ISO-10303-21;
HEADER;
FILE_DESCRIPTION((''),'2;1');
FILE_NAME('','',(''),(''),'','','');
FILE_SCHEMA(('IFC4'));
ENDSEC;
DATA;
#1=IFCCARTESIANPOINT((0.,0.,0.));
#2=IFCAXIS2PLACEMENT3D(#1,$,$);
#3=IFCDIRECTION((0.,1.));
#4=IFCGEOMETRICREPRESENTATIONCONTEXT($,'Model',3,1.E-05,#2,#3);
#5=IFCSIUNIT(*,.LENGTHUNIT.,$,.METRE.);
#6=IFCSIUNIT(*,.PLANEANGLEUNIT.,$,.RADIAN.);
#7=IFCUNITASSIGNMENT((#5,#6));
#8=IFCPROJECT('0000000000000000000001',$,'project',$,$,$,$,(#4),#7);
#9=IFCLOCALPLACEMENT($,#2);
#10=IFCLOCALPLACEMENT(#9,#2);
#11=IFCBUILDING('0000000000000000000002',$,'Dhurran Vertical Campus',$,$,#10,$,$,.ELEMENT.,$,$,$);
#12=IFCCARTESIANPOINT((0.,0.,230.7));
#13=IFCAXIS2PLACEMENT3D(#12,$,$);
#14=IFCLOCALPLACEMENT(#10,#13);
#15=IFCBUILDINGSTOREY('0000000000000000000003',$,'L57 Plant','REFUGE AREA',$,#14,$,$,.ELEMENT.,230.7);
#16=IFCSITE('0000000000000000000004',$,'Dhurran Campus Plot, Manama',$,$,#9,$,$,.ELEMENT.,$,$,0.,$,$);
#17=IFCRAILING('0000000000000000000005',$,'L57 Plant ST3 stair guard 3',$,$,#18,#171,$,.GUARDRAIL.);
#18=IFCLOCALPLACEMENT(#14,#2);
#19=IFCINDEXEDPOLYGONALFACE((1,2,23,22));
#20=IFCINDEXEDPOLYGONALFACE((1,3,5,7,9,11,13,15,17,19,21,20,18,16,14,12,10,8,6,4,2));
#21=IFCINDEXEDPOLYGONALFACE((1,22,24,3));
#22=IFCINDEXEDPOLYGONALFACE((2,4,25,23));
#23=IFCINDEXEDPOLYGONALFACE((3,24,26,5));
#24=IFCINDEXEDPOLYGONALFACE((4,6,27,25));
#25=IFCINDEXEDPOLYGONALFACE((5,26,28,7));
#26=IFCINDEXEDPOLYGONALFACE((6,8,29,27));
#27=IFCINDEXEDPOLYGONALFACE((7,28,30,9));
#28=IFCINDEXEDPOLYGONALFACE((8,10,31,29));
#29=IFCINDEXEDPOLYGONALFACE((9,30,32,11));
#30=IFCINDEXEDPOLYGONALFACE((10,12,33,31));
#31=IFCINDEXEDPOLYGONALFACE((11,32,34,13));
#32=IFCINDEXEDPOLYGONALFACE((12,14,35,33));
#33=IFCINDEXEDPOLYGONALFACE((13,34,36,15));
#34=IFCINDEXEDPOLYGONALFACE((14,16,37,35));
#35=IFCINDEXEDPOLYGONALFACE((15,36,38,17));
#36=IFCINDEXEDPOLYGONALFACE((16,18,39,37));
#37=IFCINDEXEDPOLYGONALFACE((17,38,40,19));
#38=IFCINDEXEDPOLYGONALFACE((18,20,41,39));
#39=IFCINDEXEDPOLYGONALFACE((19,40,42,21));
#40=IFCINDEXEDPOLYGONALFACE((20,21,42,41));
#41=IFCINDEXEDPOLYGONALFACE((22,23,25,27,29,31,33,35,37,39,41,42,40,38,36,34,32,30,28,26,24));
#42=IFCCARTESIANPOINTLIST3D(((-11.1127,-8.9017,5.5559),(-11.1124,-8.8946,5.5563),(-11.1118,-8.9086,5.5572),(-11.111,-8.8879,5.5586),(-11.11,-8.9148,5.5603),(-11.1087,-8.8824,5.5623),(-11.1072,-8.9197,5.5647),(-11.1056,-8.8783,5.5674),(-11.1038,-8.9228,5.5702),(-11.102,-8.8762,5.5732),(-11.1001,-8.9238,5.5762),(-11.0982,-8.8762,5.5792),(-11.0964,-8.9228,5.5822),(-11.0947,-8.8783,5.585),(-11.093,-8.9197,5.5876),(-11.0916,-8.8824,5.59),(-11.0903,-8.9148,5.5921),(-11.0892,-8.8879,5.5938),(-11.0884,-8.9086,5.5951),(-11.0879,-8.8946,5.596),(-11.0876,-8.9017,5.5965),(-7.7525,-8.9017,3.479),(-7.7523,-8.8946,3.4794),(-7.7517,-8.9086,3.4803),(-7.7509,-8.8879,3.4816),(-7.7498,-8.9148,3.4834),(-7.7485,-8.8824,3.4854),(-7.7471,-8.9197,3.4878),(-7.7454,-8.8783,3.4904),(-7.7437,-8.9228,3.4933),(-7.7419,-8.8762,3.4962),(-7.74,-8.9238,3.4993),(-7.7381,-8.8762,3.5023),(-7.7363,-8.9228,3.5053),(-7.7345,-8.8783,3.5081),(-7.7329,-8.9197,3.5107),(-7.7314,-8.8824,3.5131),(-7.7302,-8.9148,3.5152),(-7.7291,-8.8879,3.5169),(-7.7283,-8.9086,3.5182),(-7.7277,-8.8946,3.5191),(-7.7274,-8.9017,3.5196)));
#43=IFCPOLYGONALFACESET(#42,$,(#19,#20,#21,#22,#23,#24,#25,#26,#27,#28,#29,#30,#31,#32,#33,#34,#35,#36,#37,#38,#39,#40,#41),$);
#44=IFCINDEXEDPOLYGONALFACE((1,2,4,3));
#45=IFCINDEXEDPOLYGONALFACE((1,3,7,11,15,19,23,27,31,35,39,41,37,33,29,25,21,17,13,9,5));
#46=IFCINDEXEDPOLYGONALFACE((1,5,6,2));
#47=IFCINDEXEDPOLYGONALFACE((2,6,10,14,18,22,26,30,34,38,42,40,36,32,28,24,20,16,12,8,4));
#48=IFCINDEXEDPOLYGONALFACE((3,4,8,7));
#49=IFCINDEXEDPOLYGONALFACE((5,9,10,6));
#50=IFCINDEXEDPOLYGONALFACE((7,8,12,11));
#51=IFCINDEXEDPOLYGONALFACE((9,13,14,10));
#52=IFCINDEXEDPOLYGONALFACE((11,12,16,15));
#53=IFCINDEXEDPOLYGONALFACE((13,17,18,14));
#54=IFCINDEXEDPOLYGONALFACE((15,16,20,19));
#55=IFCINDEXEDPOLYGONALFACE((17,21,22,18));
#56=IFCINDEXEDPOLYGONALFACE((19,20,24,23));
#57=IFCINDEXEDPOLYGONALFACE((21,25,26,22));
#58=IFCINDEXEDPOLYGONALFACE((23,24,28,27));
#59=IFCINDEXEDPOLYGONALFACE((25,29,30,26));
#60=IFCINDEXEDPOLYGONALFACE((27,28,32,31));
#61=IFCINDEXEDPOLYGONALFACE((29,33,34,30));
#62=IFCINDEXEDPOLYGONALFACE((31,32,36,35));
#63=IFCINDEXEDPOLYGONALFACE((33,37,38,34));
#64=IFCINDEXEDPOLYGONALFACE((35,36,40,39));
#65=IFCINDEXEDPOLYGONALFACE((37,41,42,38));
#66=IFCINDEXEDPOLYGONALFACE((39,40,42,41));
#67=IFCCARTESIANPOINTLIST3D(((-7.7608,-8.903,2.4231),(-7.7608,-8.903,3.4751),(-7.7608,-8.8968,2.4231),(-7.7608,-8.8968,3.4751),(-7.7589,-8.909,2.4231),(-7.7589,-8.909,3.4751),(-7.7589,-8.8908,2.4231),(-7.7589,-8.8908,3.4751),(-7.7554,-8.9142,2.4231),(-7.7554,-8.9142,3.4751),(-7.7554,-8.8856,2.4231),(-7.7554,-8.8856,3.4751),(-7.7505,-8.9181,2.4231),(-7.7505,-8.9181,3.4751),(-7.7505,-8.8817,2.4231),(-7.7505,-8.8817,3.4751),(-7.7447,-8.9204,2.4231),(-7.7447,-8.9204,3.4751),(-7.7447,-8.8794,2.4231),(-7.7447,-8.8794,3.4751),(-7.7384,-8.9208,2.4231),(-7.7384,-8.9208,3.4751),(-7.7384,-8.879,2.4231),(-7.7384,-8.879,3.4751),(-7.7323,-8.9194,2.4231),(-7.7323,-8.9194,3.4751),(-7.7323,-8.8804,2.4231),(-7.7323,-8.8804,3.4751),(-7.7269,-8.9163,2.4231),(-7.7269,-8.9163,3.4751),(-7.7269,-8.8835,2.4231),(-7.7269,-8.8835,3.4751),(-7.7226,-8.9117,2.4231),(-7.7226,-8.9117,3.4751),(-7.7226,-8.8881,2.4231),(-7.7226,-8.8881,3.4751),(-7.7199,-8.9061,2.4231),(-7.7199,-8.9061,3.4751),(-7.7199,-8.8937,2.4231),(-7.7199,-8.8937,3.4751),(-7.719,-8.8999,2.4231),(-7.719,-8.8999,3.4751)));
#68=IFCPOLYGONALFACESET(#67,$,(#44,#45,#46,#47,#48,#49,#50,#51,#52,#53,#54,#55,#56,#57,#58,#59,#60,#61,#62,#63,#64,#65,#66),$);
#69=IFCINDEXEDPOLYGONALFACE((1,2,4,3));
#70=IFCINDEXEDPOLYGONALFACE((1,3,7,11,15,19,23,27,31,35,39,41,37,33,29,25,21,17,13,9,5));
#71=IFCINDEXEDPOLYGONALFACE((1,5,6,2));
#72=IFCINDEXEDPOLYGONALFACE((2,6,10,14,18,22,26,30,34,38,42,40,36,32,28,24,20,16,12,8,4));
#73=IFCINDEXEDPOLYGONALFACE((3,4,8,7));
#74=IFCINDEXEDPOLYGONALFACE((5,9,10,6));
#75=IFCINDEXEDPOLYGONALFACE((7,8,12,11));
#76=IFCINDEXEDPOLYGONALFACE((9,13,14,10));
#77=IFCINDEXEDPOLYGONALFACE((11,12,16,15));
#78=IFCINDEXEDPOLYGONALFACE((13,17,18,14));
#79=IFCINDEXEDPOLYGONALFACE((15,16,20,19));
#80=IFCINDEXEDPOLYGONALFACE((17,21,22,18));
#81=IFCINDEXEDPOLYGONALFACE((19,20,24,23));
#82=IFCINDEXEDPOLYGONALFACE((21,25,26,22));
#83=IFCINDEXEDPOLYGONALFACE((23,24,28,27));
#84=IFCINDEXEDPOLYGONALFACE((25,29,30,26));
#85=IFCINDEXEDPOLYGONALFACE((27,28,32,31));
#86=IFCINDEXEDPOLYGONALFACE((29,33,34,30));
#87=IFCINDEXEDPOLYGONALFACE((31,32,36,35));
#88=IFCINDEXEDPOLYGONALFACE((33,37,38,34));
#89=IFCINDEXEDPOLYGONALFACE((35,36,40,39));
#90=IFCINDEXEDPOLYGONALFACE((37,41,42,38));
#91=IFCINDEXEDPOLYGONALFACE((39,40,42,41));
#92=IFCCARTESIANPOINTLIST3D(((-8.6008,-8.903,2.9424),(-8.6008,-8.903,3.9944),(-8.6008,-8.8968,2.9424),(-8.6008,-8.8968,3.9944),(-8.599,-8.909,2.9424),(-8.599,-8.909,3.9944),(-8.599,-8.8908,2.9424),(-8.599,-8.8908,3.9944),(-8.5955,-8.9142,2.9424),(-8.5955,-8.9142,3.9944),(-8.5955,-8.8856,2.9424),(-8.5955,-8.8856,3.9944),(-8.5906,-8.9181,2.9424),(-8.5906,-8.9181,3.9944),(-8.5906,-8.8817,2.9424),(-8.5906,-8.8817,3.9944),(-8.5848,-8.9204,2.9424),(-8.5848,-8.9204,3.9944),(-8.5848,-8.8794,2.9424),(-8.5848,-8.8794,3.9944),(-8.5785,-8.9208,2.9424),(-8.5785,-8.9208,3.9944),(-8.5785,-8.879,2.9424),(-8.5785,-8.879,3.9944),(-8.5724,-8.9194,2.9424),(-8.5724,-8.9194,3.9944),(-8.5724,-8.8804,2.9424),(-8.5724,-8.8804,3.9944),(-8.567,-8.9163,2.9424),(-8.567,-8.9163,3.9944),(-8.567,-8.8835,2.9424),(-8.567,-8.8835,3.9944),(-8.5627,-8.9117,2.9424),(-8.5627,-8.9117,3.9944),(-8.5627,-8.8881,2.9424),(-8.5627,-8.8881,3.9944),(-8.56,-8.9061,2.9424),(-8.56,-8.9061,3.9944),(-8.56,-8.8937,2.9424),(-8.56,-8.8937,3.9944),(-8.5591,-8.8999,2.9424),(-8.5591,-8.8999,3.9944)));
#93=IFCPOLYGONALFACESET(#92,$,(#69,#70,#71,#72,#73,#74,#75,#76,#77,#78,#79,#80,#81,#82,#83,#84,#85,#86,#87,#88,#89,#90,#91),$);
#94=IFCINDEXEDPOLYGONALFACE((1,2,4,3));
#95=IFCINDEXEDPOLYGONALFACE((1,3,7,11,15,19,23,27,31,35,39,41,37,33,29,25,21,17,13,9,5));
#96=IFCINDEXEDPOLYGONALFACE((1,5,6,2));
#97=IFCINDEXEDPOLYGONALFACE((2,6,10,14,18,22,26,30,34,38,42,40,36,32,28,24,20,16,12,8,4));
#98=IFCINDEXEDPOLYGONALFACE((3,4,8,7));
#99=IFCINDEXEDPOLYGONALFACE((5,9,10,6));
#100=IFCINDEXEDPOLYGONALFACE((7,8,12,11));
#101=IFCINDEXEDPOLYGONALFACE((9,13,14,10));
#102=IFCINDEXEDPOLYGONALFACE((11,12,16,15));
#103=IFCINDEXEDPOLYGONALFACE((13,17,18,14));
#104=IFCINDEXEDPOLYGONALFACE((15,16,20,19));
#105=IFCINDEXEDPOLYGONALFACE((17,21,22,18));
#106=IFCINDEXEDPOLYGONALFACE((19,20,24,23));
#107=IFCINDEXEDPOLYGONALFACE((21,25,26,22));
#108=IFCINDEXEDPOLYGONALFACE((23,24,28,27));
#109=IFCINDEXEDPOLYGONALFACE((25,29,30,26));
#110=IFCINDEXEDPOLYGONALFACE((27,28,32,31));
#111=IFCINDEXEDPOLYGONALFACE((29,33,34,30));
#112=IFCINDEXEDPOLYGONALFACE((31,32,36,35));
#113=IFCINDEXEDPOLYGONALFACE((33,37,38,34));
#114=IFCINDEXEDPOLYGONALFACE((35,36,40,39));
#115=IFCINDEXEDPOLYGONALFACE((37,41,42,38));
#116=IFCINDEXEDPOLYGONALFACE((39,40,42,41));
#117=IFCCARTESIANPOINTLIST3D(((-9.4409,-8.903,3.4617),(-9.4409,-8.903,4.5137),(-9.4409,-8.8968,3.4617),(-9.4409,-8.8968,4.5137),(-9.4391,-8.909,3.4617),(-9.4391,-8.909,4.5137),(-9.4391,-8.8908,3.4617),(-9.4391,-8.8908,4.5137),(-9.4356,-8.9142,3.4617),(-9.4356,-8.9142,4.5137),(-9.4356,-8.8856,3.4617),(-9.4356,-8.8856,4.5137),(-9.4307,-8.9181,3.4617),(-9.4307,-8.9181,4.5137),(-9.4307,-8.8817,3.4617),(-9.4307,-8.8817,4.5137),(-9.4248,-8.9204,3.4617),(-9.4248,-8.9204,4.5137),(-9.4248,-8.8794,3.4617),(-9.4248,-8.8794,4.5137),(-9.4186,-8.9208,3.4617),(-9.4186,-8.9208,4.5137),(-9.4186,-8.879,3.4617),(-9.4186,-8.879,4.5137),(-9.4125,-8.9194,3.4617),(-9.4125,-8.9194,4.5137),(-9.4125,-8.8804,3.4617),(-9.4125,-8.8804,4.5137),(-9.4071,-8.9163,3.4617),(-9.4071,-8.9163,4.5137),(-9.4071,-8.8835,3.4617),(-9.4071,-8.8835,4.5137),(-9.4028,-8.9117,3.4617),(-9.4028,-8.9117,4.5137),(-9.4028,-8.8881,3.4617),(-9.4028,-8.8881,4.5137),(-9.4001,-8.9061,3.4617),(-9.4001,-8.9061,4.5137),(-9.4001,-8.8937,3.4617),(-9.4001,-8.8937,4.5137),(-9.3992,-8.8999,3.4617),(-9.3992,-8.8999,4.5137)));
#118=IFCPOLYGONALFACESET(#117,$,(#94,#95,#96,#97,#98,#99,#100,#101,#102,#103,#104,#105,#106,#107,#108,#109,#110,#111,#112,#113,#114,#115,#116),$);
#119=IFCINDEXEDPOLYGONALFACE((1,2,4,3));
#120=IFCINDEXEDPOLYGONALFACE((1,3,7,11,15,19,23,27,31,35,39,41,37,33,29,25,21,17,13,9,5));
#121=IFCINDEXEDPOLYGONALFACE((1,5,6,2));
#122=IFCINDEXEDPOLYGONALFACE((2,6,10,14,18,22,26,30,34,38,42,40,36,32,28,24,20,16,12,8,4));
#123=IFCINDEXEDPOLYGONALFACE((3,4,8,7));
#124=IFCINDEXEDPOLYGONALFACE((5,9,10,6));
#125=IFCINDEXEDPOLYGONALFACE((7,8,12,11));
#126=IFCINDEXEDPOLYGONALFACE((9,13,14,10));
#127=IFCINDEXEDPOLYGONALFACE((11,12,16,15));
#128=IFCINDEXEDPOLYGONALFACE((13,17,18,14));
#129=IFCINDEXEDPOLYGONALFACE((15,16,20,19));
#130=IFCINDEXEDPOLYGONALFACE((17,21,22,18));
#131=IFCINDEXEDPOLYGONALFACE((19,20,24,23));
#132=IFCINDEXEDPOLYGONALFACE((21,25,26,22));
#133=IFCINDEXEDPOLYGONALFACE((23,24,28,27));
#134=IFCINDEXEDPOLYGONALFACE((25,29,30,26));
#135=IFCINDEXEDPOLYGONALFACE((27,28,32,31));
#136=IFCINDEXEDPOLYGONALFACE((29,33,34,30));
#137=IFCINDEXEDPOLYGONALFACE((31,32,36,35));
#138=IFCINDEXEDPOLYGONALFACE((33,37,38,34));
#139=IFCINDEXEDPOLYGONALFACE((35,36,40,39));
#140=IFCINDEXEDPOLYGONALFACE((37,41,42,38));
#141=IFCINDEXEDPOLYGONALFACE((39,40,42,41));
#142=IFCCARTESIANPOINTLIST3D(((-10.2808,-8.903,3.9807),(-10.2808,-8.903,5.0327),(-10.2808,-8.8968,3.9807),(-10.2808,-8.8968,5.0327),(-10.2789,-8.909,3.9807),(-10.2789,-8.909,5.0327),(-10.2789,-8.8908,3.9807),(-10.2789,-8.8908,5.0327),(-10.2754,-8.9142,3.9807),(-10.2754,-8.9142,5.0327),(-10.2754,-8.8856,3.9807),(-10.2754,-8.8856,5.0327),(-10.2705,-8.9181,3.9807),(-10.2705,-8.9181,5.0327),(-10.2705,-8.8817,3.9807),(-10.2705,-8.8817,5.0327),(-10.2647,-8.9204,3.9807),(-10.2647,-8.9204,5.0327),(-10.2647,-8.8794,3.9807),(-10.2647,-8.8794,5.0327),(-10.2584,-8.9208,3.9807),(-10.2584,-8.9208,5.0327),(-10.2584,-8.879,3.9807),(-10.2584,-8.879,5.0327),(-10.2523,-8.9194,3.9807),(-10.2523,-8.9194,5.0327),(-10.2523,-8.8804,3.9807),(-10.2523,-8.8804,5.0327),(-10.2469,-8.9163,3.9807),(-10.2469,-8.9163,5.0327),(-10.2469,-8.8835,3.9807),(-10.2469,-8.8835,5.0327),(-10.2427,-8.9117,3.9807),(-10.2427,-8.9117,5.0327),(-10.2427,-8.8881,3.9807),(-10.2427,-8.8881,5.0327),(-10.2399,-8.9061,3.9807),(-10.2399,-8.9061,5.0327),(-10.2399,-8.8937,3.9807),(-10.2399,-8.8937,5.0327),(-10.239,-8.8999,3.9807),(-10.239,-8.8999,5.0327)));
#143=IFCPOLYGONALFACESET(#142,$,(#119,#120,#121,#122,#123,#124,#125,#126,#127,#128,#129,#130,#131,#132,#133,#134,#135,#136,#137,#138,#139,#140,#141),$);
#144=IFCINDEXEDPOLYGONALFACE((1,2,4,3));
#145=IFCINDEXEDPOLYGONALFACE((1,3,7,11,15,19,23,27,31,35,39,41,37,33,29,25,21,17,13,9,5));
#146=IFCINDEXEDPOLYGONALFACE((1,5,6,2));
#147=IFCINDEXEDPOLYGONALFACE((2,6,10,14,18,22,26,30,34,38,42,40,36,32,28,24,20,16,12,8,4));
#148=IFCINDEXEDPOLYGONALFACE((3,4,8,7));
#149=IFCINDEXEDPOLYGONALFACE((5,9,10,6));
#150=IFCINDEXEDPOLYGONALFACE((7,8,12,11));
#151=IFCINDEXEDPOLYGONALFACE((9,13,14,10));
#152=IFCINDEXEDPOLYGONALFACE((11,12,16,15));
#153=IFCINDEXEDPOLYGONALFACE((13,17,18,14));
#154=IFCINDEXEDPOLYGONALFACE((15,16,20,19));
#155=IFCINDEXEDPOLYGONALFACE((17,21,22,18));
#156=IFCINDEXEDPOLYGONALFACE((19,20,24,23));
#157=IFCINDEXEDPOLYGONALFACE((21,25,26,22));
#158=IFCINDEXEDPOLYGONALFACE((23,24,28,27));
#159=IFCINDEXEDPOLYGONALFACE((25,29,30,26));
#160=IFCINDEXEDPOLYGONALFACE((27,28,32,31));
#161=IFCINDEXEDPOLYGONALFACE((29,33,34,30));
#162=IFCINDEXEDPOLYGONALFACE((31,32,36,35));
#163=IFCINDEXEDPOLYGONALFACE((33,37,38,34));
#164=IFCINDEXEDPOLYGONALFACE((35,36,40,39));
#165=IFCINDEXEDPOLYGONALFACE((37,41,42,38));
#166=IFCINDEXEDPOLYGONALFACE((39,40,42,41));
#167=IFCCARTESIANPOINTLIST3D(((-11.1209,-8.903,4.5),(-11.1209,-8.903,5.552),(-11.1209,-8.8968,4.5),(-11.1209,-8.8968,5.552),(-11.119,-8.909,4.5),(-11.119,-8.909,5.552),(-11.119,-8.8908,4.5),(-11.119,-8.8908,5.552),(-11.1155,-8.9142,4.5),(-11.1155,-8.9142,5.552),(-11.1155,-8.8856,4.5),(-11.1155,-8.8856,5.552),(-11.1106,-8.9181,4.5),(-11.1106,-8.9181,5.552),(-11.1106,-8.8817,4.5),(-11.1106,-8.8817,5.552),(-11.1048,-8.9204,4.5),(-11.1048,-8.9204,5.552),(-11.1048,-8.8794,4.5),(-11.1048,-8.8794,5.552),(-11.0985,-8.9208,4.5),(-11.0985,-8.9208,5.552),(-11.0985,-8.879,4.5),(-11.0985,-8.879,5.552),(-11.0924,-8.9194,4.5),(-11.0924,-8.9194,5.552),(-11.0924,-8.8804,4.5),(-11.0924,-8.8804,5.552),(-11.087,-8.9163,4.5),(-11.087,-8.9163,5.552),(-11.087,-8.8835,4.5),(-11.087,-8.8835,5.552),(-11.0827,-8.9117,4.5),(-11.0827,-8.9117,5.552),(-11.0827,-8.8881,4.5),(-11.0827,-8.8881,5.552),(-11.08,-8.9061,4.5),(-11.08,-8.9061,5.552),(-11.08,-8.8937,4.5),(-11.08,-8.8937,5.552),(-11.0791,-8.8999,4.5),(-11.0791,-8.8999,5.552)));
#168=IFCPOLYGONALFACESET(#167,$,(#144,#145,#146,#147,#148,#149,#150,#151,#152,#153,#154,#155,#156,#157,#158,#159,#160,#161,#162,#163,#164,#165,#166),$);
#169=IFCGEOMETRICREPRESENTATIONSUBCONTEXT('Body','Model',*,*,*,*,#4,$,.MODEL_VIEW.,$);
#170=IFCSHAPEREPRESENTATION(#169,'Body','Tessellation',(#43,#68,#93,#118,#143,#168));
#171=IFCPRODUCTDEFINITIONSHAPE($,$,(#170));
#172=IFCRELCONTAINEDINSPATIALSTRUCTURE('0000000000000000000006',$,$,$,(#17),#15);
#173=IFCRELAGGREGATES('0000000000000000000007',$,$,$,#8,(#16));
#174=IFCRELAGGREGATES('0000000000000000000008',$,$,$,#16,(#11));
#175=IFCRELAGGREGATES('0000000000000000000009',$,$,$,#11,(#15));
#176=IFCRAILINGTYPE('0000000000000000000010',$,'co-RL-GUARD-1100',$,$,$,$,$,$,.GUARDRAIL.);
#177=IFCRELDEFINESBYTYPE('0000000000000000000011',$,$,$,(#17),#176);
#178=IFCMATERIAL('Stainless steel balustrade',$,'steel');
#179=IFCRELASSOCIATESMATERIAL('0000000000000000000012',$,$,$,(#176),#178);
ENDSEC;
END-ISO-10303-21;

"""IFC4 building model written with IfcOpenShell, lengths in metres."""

from ifc_helpers import new_model, si_unit, direction, frame, origin, origin_2d, place, context, subcontext, project, spatial, circle, extrude, material, type_object, element, save


model = new_model("IFC4")

# Units and contexts
model_context = context("Model", 3, precision=1e-05, world=origin(), true_north=direction((0.0, 1.0)))
body_context = subcontext(model_context, "Body", "Model", "MODEL_VIEW")
ifc_project = project(units=[si_unit("LENGTHUNIT", "METRE"), si_unit("PLANEANGLEUNIT", "RADIAN")], contexts=[model_context])

# Site, building, storey
site_placement = place(None, origin())
site = spatial("IfcSite", under=ifc_project, at=site_placement, Name="Dhurran Campus Plot, Manama", CompositionType="ELEMENT", RefElevation=0.0)
building_placement = place(site_placement, origin())
building = spatial("IfcBuilding", under=site, at=building_placement, Name="Dhurran Vertical Campus", CompositionType="ELEMENT")
storey_placement = place(building_placement, frame((0.0, 0.0, 230.7)))
storey = spatial("IfcBuildingStorey", under=building, at=storey_placement, Name="L57 Plant", Description="REFUGE AREA", CompositionType="ELEMENT", Elevation=230.7)

# Railing
ifc_material_1 = material(Name="Stainless steel balustrade", Category="steel")
railing_type_1 = type_object("IfcRailingType", Name="co-RL-GUARD-1100", PredefinedType="GUARDRAIL", material=ifc_material_1)
railing_1_placement = place(storey_placement, frame((-7.74, -8.8999, 2.4231)))
element("IfcRailing", 1, at=railing_1_placement, inside=storey, type_object=railing_type_1, Name="L57 Plant ST3 stair guard 3", PredefinedType="GUARDRAIL", context=body_context, shape_type="SweptSolid", body=[
    extrude(circle(Radius=0.0239, at=origin_2d()), frame((0.0, 0.0, 1.0762), z_axis=(-0.850623, 0.0, 0.525776), x_axis=(0.0, -1.0, 0.0)), (0.0, 0.0, 1.0), 3.9502),
    extrude(circle(Radius=0.021, at=origin_2d()), origin(), (0.0, 0.0, 1.0), 1.052),
    extrude(circle(Radius=0.021, at=origin_2d()), frame((-0.8401, 0.0, 0.5193)), (0.0, 0.0, 1.0), 1.052),
    extrude(circle(Radius=0.021, at=origin_2d()), frame((-1.6802, 0.0, 1.0386)), (0.0, 0.0, 1.0), 1.052),
    extrude(circle(Radius=0.021, at=origin_2d()), frame((-2.52, 0.0, 1.5576)), (0.0, 0.0, 1.0), 1.052),
    extrude(circle(Radius=0.021, at=origin_2d()), frame((-3.3601, 0.0, 2.0769)), (0.0, 0.0, 1.0), 1.052),
])

save(model, "model.ifc")
